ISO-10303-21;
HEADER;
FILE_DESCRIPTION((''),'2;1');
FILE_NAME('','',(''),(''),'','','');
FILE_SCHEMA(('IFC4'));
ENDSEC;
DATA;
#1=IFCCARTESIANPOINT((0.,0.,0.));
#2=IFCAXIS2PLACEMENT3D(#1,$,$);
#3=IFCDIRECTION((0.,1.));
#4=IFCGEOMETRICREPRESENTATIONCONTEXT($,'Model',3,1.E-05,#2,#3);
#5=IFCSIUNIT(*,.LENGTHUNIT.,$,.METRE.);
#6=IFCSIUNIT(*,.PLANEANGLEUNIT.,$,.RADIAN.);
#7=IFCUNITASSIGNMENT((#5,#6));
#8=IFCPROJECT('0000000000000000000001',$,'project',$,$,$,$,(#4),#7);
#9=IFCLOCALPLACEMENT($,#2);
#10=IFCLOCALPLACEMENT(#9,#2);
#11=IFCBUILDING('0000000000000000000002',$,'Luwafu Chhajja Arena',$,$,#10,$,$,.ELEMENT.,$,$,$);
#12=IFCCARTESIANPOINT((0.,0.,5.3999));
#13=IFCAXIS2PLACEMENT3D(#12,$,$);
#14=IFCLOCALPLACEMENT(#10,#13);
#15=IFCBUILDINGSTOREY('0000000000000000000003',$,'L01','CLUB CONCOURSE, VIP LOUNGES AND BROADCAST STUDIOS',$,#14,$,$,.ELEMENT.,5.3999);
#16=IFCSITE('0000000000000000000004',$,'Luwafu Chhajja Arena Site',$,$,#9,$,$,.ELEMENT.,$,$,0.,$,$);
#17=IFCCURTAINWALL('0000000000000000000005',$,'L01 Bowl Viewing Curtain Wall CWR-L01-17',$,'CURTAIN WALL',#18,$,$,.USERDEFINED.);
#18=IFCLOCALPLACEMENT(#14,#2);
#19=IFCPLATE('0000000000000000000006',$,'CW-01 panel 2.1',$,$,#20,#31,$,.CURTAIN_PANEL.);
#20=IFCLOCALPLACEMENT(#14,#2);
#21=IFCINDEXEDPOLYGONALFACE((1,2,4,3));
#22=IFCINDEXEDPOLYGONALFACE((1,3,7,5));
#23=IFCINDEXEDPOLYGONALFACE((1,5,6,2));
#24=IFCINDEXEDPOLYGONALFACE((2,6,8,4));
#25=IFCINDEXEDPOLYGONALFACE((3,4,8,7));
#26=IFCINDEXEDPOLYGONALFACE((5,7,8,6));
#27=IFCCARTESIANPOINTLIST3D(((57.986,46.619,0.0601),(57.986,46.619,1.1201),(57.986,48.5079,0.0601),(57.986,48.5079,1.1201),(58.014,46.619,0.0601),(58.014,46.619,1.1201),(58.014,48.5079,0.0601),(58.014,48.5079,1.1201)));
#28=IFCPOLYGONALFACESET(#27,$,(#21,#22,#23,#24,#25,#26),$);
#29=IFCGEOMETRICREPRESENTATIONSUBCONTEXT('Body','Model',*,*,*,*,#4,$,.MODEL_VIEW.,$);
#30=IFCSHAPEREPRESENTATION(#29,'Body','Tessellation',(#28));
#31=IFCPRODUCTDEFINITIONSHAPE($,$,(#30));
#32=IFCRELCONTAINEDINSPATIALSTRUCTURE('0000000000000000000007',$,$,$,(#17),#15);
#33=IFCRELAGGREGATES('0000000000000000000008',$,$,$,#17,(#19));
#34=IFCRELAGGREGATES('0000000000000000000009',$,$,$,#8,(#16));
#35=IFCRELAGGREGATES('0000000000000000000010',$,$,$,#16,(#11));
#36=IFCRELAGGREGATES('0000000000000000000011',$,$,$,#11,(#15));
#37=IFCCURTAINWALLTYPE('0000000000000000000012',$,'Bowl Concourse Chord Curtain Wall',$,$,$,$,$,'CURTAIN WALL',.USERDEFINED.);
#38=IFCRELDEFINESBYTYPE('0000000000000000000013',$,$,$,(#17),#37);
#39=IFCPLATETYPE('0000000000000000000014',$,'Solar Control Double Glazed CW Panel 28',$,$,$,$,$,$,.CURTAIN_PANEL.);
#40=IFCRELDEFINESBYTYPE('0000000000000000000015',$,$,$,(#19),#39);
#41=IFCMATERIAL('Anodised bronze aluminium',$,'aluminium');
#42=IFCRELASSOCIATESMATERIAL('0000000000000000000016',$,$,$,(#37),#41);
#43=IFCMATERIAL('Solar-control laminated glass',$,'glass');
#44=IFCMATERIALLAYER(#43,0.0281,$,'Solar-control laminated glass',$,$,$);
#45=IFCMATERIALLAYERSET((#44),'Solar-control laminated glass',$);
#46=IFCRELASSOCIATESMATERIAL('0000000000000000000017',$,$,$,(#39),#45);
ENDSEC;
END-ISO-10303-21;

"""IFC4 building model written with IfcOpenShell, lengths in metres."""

from ifc_helpers import new_model, si_unit, direction, frame, origin, origin_2d, place, context, subcontext, project, spatial, rectangle, extrude, material, layer, layer_set, type_object, element, aggregate, save


model = new_model("IFC4")

# Units and contexts
model_context = context("Model", 3, precision=1e-05, world=origin(), true_north=direction((0.0, 1.0)))
body_context = subcontext(model_context, "Body", "Model", "MODEL_VIEW")
ifc_project = project(units=[si_unit("LENGTHUNIT", "METRE"), si_unit("PLANEANGLEUNIT", "RADIAN")], contexts=[model_context])

# Site, building, storey
site_placement = place(None, origin())
site = spatial("IfcSite", under=ifc_project, at=site_placement, Name="Luwafu Chhajja Arena Site", CompositionType="ELEMENT", RefElevation=0.0)
building_placement = place(site_placement, origin())
building = spatial("IfcBuilding", under=site, at=building_placement, Name="Luwafu Chhajja Arena", CompositionType="ELEMENT")
storey_placement = place(building_placement, frame((0.0, 0.0, 5.3999)))
storey = spatial("IfcBuildingStorey", under=building, at=storey_placement, Name="L01", Description="CLUB CONCOURSE, VIP LOUNGES AND BROADCAST STUDIOS", CompositionType="ELEMENT", Elevation=5.3999)

# Curtain wall
ifc_material_1 = material(Name="Anodised bronze aluminium", Category="aluminium")
curtain_wall_type = type_object("IfcCurtainWallType", Name="Bowl Concourse Chord Curtain Wall", ElementType="CURTAIN WALL", PredefinedType="USERDEFINED", material=ifc_material_1)
curtain_wall_1_placement = place(storey_placement, origin())
curtain_wall_1 = element("IfcCurtainWall", 1, at=curtain_wall_1_placement, inside=storey, type_object=curtain_wall_type, Name="L01 Bowl Viewing Curtain Wall CWR-L01-17", ObjectType="CURTAIN WALL", PredefinedType="USERDEFINED")

# Plate
ifc_material_2 = material(Name="Solar-control laminated glass", Category="glass")
ifc_layer_1 = layer(ifc_material_2, 0.0281, Name="Solar-control laminated glass")
ifc_layer_set_1 = layer_set([ifc_layer_1], Name="Solar-control laminated glass")
plate_type_1 = type_object("IfcPlateType", Name="Solar Control Double Glazed CW Panel 28", PredefinedType="CURTAIN_PANEL", material=ifc_layer_set_1)
plate_1_placement = place(storey_placement, frame((58.0, 47.5635, 0.0601), z_axis=(0.0, 0.0, 1.0), x_axis=(0.0, 1.0, 0.0)))
plate_1 = element("IfcPlate", 2, at=plate_1_placement, type_object=plate_type_1, Name="CW-01 panel 2.1", PredefinedType="CURTAIN_PANEL", context=body_context, shape_type="SweptSolid", body=[
    extrude(rectangle(XDim=1.8889, YDim=0.0281, at=origin_2d()), origin(), (0.0, 0.0, 1.0), 1.0601),
])
aggregate(curtain_wall_1, [plate_1])

save(model, "model.ifc")
